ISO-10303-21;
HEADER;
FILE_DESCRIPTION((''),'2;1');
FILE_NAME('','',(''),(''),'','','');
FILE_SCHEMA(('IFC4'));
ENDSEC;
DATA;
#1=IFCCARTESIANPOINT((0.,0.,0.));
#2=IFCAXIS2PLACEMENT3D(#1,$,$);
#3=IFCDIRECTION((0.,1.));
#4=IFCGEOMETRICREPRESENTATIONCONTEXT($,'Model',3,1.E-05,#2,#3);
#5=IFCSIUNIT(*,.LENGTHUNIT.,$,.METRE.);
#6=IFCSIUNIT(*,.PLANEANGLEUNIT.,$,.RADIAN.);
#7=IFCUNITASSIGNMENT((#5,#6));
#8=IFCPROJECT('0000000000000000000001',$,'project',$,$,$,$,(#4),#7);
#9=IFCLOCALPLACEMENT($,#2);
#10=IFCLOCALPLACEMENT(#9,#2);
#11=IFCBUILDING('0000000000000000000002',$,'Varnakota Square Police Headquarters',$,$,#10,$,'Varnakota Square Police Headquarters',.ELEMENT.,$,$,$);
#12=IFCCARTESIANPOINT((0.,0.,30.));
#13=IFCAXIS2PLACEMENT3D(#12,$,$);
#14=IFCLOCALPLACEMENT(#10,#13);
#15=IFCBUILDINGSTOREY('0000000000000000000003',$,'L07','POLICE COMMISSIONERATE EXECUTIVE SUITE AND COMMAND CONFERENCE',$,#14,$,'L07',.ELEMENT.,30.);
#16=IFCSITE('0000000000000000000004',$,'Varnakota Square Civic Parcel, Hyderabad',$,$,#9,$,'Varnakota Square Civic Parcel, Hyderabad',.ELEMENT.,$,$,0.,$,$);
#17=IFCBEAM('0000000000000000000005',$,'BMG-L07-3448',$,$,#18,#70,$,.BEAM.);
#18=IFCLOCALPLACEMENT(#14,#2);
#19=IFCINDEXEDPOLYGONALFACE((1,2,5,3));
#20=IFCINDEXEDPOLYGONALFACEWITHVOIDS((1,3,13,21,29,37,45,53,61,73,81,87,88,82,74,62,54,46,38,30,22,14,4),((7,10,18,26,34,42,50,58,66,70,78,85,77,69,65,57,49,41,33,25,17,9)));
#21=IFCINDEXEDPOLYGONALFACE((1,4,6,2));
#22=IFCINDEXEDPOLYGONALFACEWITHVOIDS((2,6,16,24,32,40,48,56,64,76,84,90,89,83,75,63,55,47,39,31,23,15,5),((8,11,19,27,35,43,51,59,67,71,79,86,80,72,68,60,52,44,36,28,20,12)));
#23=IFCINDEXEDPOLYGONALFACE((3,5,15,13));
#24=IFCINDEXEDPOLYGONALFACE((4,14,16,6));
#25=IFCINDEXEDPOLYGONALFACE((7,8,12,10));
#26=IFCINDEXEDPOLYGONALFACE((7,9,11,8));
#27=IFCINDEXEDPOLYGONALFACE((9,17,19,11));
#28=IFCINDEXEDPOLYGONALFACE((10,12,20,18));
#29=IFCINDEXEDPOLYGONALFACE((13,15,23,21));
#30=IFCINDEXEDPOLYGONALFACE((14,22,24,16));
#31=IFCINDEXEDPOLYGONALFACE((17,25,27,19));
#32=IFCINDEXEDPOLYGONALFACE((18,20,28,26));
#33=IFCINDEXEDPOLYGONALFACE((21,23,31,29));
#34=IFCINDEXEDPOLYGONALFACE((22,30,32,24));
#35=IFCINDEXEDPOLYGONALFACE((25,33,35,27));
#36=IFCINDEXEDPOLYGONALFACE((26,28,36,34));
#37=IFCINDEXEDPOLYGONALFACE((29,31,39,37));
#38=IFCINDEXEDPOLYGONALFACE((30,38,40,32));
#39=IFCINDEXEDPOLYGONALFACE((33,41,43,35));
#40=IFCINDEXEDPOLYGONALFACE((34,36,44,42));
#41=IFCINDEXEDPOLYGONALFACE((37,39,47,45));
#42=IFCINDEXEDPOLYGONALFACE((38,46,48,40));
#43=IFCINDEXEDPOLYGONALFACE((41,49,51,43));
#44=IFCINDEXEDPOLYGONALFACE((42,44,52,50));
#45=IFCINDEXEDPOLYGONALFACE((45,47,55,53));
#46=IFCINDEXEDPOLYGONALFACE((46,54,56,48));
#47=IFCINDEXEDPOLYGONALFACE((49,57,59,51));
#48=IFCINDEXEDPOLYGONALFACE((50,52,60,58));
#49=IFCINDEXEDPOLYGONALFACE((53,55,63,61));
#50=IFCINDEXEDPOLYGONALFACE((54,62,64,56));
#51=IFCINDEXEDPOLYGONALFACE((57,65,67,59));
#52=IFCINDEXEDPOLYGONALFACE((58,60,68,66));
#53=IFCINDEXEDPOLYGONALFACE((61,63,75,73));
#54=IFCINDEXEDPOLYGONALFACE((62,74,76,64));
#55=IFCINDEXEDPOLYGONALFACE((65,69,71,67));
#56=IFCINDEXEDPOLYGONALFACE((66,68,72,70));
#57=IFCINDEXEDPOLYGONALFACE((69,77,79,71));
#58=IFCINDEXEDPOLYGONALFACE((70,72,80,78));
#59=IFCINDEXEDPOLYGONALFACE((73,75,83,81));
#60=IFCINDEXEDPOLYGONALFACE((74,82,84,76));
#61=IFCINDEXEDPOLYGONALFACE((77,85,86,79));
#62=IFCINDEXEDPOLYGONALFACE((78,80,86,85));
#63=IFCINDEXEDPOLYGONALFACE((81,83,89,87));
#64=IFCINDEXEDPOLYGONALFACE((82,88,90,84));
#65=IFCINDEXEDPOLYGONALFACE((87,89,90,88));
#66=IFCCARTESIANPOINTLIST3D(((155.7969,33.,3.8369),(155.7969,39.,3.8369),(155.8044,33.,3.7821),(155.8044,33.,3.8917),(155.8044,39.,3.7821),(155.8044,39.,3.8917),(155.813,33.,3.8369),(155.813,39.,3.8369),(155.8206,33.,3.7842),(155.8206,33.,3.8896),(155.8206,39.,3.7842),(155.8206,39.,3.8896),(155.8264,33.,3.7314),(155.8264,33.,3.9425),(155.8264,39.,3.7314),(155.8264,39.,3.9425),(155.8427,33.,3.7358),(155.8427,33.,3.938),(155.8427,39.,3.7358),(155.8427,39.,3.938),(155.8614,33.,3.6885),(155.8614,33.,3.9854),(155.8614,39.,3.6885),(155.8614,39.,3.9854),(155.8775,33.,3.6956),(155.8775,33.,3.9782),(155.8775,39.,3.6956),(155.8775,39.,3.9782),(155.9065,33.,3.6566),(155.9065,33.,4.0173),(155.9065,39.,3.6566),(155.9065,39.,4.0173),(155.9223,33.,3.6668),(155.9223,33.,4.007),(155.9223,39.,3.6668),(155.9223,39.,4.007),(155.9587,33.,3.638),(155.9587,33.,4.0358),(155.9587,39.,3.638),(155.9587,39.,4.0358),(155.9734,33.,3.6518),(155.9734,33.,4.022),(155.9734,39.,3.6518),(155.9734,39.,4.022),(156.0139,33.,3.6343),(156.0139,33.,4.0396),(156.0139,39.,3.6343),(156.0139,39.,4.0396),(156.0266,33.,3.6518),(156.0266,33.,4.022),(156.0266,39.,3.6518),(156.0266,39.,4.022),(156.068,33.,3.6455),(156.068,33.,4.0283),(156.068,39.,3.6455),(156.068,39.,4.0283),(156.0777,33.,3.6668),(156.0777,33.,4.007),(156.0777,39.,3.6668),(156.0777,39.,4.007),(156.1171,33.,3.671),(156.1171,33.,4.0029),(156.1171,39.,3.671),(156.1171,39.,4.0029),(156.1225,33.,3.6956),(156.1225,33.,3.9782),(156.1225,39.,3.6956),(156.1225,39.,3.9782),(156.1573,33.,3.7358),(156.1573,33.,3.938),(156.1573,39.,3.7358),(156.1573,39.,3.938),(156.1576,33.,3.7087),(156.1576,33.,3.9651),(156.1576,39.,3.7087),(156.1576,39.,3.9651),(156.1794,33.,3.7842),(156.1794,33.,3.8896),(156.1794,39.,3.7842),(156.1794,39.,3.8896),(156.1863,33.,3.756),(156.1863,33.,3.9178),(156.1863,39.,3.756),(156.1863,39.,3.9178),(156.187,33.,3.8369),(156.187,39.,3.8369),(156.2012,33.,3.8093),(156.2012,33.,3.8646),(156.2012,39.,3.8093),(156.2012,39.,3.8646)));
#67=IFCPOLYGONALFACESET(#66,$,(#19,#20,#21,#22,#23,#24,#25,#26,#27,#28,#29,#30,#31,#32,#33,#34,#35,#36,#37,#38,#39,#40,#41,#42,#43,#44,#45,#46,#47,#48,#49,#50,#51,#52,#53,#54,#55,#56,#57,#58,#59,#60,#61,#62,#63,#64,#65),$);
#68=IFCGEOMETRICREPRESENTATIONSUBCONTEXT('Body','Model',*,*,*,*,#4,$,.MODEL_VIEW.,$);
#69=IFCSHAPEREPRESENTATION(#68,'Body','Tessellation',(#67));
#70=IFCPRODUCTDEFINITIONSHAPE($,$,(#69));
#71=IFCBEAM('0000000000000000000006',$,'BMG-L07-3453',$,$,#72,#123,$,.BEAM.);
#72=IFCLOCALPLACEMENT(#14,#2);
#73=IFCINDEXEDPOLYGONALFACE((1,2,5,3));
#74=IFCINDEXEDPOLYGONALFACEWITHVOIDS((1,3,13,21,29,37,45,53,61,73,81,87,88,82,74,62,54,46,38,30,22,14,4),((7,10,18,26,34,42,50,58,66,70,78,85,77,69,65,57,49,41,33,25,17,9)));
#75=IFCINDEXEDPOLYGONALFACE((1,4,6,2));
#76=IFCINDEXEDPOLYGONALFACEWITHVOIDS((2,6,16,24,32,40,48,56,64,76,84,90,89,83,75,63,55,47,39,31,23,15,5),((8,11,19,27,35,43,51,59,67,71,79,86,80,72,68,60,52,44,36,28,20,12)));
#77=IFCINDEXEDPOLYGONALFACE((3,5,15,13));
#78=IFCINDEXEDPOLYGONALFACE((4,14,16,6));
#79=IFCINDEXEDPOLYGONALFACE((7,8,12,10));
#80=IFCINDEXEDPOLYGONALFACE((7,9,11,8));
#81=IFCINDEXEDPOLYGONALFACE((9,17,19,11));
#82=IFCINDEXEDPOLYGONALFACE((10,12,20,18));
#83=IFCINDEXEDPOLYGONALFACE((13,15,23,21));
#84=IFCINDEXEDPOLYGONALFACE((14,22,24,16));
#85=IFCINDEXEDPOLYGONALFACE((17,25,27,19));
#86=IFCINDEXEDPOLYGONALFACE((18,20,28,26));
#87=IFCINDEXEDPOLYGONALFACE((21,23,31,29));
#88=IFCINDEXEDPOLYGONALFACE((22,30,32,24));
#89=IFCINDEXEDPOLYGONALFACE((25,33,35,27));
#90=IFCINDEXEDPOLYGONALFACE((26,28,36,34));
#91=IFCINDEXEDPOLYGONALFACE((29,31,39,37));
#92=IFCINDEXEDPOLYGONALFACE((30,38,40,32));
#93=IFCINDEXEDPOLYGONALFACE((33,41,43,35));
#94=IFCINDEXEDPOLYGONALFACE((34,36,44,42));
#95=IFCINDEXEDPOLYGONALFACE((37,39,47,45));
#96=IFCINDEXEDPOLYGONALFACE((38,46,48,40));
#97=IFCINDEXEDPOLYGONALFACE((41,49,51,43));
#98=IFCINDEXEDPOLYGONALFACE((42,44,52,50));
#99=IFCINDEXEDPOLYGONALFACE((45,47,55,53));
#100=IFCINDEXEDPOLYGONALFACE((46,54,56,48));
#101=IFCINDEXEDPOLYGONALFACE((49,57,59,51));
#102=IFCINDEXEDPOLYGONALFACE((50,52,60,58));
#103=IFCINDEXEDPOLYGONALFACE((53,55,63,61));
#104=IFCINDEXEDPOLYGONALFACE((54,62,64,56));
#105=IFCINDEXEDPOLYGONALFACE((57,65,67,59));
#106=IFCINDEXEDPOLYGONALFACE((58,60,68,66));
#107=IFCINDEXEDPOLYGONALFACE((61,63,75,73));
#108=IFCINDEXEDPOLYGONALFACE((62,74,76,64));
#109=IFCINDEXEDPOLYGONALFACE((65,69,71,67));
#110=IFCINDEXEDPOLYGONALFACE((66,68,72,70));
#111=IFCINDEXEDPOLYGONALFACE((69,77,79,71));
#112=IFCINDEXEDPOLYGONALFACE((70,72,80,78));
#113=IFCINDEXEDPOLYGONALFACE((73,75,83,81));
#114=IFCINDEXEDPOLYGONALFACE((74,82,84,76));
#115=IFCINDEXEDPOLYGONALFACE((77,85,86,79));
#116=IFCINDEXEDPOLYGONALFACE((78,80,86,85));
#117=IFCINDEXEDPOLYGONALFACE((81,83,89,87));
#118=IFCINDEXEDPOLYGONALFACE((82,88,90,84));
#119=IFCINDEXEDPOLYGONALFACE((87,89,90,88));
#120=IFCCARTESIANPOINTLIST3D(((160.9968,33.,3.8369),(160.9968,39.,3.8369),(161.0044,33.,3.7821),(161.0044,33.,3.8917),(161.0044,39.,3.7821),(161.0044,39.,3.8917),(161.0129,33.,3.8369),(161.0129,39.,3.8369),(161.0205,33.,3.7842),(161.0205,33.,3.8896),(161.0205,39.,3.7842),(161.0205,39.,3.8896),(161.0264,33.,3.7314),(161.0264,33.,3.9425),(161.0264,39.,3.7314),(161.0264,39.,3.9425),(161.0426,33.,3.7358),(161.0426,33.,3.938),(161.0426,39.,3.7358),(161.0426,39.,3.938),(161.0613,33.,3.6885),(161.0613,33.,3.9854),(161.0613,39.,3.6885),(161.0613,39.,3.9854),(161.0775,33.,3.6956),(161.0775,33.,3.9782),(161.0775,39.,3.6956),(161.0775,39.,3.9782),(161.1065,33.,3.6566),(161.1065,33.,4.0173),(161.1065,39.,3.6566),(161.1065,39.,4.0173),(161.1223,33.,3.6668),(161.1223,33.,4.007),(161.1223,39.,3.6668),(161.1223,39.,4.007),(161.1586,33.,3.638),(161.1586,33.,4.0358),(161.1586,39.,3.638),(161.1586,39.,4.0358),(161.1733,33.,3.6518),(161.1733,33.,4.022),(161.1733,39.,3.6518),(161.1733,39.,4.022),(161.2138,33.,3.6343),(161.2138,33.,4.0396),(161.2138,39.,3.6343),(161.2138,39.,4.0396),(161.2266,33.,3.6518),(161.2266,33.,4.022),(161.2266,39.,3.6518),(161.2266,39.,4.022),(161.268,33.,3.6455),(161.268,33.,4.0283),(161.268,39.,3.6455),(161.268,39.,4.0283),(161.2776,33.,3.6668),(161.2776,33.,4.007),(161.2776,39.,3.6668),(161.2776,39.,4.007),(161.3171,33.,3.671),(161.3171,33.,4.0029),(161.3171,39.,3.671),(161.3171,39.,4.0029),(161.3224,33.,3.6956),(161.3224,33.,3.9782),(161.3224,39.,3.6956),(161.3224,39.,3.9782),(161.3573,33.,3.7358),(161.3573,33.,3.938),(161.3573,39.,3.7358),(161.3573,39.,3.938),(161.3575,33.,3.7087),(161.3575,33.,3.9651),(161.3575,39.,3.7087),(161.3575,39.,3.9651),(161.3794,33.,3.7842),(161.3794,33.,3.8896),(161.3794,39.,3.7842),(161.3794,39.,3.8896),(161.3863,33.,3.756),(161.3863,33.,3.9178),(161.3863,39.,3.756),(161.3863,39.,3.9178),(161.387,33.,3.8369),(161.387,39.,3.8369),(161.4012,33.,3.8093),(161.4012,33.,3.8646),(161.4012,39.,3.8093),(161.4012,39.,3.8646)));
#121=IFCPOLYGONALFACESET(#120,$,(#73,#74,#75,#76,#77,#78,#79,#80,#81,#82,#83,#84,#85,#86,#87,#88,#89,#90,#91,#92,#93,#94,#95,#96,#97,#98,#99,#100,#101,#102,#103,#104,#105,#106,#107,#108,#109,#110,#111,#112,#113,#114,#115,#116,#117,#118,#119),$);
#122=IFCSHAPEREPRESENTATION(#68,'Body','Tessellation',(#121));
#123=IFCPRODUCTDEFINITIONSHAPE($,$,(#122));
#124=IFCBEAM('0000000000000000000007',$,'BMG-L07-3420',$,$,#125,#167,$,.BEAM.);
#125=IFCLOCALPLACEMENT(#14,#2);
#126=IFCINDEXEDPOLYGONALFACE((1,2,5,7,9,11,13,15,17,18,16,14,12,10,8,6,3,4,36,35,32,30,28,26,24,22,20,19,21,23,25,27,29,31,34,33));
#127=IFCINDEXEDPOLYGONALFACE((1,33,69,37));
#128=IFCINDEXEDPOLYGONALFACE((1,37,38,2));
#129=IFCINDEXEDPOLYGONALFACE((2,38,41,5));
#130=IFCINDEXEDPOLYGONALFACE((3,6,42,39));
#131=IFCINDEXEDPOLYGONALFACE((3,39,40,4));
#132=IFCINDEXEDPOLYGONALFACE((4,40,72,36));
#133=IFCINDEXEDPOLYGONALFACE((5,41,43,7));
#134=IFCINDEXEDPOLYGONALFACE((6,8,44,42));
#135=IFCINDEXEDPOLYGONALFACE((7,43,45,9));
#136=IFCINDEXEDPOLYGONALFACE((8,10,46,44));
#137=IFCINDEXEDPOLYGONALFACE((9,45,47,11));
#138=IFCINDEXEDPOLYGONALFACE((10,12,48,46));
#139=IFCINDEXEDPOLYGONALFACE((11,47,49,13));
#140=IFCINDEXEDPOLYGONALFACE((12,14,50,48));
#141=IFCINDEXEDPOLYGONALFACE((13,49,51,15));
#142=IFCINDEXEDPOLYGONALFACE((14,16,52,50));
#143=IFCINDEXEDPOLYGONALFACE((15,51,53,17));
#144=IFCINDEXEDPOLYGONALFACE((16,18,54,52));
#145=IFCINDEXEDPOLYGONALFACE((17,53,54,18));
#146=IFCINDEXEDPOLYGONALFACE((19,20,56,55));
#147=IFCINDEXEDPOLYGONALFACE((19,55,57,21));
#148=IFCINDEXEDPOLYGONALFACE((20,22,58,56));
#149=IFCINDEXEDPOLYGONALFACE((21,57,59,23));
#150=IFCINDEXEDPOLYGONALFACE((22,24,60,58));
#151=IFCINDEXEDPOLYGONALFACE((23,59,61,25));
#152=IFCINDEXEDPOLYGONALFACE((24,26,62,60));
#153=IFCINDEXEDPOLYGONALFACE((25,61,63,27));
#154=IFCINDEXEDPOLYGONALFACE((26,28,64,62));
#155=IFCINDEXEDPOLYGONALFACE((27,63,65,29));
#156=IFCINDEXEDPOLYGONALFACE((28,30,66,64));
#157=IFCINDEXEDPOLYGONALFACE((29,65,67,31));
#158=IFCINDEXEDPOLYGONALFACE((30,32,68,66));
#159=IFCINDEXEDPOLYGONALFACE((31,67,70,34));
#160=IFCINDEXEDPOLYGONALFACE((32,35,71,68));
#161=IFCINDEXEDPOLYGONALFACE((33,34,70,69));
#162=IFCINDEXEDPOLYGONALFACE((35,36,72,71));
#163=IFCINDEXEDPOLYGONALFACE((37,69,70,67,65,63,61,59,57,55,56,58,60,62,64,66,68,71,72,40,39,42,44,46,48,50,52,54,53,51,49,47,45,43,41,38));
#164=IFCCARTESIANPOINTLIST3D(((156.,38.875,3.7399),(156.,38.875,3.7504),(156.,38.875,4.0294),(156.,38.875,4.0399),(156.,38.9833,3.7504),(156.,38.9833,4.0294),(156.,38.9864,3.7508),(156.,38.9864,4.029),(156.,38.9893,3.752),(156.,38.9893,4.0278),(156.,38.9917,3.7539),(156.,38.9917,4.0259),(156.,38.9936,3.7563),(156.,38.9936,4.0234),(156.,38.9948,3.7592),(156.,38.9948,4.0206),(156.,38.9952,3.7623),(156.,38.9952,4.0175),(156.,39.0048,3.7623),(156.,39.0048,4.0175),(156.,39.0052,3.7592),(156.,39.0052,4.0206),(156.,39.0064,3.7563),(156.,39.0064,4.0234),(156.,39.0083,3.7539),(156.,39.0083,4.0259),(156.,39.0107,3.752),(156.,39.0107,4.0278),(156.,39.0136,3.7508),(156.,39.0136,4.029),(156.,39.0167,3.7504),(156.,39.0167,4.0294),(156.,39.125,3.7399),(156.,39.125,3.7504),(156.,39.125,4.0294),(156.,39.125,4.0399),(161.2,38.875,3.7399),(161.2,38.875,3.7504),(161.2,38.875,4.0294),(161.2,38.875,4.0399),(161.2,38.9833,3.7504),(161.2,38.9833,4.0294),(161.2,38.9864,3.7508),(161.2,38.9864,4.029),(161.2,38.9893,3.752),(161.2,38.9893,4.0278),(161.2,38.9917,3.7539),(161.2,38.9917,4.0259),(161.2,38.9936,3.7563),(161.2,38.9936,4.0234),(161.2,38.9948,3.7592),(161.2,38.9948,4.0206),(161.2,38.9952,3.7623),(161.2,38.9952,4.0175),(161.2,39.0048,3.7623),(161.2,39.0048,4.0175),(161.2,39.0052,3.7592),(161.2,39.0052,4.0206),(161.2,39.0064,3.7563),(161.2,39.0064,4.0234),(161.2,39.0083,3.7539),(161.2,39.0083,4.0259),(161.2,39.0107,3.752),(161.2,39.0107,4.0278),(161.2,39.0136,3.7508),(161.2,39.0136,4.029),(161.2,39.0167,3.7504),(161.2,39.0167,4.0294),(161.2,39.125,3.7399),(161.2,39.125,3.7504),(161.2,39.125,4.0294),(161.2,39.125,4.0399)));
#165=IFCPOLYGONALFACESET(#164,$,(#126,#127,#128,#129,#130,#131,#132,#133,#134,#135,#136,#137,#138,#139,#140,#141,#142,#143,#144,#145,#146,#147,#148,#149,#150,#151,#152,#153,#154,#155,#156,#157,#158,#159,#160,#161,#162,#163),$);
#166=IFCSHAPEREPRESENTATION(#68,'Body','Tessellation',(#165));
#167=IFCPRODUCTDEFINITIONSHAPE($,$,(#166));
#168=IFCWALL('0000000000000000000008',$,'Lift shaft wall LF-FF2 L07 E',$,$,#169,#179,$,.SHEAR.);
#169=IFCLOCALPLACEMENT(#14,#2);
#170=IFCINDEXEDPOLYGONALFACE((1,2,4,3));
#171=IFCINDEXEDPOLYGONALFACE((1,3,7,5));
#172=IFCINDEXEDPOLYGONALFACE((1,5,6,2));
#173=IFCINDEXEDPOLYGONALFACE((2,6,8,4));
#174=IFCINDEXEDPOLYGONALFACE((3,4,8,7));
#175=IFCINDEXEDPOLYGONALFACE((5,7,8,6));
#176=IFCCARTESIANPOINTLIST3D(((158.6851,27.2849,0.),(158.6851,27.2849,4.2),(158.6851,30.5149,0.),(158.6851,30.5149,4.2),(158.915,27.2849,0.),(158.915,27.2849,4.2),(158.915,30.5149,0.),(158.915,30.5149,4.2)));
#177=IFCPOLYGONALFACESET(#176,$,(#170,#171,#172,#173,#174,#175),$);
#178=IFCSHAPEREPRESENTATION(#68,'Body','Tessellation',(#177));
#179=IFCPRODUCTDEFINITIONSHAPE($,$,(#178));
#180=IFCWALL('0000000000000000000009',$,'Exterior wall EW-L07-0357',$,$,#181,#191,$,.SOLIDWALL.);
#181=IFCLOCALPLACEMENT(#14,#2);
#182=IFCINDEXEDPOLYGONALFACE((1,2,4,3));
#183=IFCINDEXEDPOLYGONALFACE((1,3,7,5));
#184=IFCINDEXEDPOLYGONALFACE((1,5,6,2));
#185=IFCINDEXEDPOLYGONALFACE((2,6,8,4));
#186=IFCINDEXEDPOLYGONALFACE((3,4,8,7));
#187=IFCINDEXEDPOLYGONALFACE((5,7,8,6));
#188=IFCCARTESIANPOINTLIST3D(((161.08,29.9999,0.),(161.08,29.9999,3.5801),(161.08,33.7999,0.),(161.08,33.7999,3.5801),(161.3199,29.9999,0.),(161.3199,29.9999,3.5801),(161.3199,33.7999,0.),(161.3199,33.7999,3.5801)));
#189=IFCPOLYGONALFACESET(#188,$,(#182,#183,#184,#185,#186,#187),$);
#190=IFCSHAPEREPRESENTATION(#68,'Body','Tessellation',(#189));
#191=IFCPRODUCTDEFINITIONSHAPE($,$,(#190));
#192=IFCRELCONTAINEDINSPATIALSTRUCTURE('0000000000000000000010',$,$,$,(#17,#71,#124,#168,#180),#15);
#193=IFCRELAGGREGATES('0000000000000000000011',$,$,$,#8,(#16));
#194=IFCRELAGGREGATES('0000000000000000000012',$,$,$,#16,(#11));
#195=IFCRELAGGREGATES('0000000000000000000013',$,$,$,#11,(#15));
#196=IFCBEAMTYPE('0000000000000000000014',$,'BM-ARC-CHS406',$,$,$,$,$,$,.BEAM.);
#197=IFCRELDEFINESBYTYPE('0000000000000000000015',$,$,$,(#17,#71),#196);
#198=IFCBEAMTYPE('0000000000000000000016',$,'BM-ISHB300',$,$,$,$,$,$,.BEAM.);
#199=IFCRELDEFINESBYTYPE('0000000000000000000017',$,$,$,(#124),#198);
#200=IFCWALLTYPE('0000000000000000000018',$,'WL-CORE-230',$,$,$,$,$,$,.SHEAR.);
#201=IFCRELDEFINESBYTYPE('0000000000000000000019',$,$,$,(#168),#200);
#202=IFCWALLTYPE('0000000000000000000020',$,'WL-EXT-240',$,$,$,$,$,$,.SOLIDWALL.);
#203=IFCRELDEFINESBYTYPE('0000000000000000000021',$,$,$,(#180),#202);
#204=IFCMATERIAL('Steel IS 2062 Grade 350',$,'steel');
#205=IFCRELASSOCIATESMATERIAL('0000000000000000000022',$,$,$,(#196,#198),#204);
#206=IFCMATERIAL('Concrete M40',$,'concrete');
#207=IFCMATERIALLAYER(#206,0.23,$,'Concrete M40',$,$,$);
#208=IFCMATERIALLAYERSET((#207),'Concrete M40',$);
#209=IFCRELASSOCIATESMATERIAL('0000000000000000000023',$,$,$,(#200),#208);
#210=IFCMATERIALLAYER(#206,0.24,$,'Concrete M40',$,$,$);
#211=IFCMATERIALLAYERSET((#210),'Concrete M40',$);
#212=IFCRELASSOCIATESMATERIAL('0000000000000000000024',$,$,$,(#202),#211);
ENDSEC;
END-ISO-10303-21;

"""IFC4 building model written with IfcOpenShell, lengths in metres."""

from ifc_helpers import new_model, si_unit, direction, frame, frame_2d, origin, origin_2d, place, context, subcontext, project, spatial, rectangle, hollow_circle, i_section, extrude, material, layer, layer_set, material_profile, profile_set, type_object, element, save


model = new_model("IFC4")

# Units and contexts
model_context = context("Model", 3, precision=1e-05, world=origin(), true_north=direction((0.0, 1.0)))
body_context = subcontext(model_context, "Body", "Model", "MODEL_VIEW")
ifc_project = project(units=[si_unit("LENGTHUNIT", "METRE"), si_unit("PLANEANGLEUNIT", "RADIAN")], contexts=[model_context])

# Site, building, storey
site_placement = place(None, origin())
site = spatial("IfcSite", under=ifc_project, at=site_placement, Name="Varnakota Square Civic Parcel, Hyderabad", LongName="Varnakota Square Civic Parcel, Hyderabad", CompositionType="ELEMENT", RefElevation=0.0)
building_placement = place(site_placement, origin())
building = spatial("IfcBuilding", under=site, at=building_placement, Name="Varnakota Square Police Headquarters", LongName="Varnakota Square Police Headquarters", CompositionType="ELEMENT")
storey_placement = place(building_placement, frame((0.0, 0.0, 30.0)))
storey = spatial("IfcBuildingStorey", under=building, at=storey_placement, Name="L07", Description="POLICE COMMISSIONERATE EXECUTIVE SUITE AND COMMAND CONFERENCE", LongName="L07", CompositionType="ELEMENT", Elevation=30.0)

# Shared definitions
ifc_material_1 = material(Name="Steel IS 2062 Grade 350", Category="steel")

# Beams
ifc_material_profile_1 = material_profile(ifc_material_1, hollow_circle(Radius=0.2031, WallThickness=0.0161, at=origin_2d()), Name="CHS 406.4x16.0")
ifc_profile_set_1 = profile_set([ifc_material_profile_1], Name="Steel IS 2062 Grade 350")
beam_type_1 = type_object("IfcBeamType", Name="BM-ARC-CHS406", PredefinedType="BEAM", material=ifc_profile_set_1)
for number, where, z_axis, x_axis, name in (
    (1, (156.0, 33.0, 3.8369), (0.0, 1.0, 0.0), (-1.0, 0.0, 0.0), "BMG-L07-3448"),
    (2, (161.2, 33.0, 3.8369), (0.0, 1.0, 0.0), (-1.0, 0.0, 0.0), "BMG-L07-3453"),
):
    element("IfcBeam", number, at=place(storey_placement, frame(where, z_axis=z_axis, x_axis=x_axis)), inside=storey, type_object=beam_type_1, Name=name, PredefinedType="BEAM", context=body_context, shape_type="SweptSolid", body=[
        extrude(hollow_circle(Radius=0.2031, WallThickness=0.0161, at=origin_2d()), origin(), (0.0, 0.0, 1.0), 6.0),
    ])
ifc_material_profile_2 = material_profile(ifc_material_1, i_section(OverallWidth=0.25, OverallDepth=0.3, WebThickness=0.0095, FlangeThickness=0.0105, FilletRadius=0.012, at=origin_2d()), Name="ISHB 300")
ifc_profile_set_2 = profile_set([ifc_material_profile_2], Name="Steel IS 2062 Grade 350")
beam_type_2 = type_object("IfcBeamType", Name="BM-ISHB300", PredefinedType="BEAM", material=ifc_profile_set_2)
beam_placement = place(storey_placement, frame((156.0, 39.0, 3.8899), z_axis=(1.0, 0.0, 0.0), x_axis=(0.0, 1.0, 0.0)))
element("IfcBeam", 3, at=beam_placement, inside=storey, type_object=beam_type_2, Name="BMG-L07-3420", PredefinedType="BEAM", context=body_context, shape_type="SweptSolid", body=[
    extrude(i_section(OverallWidth=0.25, OverallDepth=0.3, WebThickness=0.0095, FlangeThickness=0.0105, FilletRadius=0.012, at=origin_2d()), origin(), (0.0, 0.0, 1.0), 5.2),
])

# Walls
ifc_material_2 = material(Name="Concrete M40", Category="concrete")
ifc_layer_1 = layer(ifc_material_2, 0.23, Name="Concrete M40")
ifc_layer_set_1 = layer_set([ifc_layer_1], Name="Concrete M40")
wall_type_1 = type_object("IfcWallType", Name="WL-CORE-230", PredefinedType="SHEAR", material=ifc_layer_set_1)
wall_1_placement = place(storey_placement, frame((158.8, 27.2849, 0.0), z_axis=(0.0, 0.0, 1.0), x_axis=(0.0, 1.0, 0.0)))
element("IfcWall", 4, at=wall_1_placement, inside=storey, type_object=wall_type_1, Name="Lift shaft wall LF-FF2 L07 E", PredefinedType="SHEAR", context=body_context, shape_type="SweptSolid", body=[
    extrude(rectangle(XDim=3.23, YDim=0.23, at=frame_2d((1.615, 0.0))), origin(), (0.0, 0.0, 1.0), 4.2),
])
ifc_layer_2 = layer(ifc_material_2, 0.24, Name="Concrete M40")
ifc_layer_set_2 = layer_set([ifc_layer_2], Name="Concrete M40")
wall_type_2 = type_object("IfcWallType", Name="WL-EXT-240", PredefinedType="SOLIDWALL", material=ifc_layer_set_2)
wall_2_placement = place(storey_placement, frame((161.2, 30.0, 0.0), z_axis=(0.0, 0.0, 1.0), x_axis=(0.0, 1.0, 0.0)))
element("IfcWall", 5, at=wall_2_placement, inside=storey, type_object=wall_type_2, Name="Exterior wall EW-L07-0357", PredefinedType="SOLIDWALL", context=body_context, shape_type="SweptSolid", body=[
    extrude(rectangle(XDim=3.8, YDim=0.24, at=frame_2d((1.8999, 0.0))), origin(), (0.0, 0.0, 1.0), 3.5801),
])

save(model, "model.ifc")
